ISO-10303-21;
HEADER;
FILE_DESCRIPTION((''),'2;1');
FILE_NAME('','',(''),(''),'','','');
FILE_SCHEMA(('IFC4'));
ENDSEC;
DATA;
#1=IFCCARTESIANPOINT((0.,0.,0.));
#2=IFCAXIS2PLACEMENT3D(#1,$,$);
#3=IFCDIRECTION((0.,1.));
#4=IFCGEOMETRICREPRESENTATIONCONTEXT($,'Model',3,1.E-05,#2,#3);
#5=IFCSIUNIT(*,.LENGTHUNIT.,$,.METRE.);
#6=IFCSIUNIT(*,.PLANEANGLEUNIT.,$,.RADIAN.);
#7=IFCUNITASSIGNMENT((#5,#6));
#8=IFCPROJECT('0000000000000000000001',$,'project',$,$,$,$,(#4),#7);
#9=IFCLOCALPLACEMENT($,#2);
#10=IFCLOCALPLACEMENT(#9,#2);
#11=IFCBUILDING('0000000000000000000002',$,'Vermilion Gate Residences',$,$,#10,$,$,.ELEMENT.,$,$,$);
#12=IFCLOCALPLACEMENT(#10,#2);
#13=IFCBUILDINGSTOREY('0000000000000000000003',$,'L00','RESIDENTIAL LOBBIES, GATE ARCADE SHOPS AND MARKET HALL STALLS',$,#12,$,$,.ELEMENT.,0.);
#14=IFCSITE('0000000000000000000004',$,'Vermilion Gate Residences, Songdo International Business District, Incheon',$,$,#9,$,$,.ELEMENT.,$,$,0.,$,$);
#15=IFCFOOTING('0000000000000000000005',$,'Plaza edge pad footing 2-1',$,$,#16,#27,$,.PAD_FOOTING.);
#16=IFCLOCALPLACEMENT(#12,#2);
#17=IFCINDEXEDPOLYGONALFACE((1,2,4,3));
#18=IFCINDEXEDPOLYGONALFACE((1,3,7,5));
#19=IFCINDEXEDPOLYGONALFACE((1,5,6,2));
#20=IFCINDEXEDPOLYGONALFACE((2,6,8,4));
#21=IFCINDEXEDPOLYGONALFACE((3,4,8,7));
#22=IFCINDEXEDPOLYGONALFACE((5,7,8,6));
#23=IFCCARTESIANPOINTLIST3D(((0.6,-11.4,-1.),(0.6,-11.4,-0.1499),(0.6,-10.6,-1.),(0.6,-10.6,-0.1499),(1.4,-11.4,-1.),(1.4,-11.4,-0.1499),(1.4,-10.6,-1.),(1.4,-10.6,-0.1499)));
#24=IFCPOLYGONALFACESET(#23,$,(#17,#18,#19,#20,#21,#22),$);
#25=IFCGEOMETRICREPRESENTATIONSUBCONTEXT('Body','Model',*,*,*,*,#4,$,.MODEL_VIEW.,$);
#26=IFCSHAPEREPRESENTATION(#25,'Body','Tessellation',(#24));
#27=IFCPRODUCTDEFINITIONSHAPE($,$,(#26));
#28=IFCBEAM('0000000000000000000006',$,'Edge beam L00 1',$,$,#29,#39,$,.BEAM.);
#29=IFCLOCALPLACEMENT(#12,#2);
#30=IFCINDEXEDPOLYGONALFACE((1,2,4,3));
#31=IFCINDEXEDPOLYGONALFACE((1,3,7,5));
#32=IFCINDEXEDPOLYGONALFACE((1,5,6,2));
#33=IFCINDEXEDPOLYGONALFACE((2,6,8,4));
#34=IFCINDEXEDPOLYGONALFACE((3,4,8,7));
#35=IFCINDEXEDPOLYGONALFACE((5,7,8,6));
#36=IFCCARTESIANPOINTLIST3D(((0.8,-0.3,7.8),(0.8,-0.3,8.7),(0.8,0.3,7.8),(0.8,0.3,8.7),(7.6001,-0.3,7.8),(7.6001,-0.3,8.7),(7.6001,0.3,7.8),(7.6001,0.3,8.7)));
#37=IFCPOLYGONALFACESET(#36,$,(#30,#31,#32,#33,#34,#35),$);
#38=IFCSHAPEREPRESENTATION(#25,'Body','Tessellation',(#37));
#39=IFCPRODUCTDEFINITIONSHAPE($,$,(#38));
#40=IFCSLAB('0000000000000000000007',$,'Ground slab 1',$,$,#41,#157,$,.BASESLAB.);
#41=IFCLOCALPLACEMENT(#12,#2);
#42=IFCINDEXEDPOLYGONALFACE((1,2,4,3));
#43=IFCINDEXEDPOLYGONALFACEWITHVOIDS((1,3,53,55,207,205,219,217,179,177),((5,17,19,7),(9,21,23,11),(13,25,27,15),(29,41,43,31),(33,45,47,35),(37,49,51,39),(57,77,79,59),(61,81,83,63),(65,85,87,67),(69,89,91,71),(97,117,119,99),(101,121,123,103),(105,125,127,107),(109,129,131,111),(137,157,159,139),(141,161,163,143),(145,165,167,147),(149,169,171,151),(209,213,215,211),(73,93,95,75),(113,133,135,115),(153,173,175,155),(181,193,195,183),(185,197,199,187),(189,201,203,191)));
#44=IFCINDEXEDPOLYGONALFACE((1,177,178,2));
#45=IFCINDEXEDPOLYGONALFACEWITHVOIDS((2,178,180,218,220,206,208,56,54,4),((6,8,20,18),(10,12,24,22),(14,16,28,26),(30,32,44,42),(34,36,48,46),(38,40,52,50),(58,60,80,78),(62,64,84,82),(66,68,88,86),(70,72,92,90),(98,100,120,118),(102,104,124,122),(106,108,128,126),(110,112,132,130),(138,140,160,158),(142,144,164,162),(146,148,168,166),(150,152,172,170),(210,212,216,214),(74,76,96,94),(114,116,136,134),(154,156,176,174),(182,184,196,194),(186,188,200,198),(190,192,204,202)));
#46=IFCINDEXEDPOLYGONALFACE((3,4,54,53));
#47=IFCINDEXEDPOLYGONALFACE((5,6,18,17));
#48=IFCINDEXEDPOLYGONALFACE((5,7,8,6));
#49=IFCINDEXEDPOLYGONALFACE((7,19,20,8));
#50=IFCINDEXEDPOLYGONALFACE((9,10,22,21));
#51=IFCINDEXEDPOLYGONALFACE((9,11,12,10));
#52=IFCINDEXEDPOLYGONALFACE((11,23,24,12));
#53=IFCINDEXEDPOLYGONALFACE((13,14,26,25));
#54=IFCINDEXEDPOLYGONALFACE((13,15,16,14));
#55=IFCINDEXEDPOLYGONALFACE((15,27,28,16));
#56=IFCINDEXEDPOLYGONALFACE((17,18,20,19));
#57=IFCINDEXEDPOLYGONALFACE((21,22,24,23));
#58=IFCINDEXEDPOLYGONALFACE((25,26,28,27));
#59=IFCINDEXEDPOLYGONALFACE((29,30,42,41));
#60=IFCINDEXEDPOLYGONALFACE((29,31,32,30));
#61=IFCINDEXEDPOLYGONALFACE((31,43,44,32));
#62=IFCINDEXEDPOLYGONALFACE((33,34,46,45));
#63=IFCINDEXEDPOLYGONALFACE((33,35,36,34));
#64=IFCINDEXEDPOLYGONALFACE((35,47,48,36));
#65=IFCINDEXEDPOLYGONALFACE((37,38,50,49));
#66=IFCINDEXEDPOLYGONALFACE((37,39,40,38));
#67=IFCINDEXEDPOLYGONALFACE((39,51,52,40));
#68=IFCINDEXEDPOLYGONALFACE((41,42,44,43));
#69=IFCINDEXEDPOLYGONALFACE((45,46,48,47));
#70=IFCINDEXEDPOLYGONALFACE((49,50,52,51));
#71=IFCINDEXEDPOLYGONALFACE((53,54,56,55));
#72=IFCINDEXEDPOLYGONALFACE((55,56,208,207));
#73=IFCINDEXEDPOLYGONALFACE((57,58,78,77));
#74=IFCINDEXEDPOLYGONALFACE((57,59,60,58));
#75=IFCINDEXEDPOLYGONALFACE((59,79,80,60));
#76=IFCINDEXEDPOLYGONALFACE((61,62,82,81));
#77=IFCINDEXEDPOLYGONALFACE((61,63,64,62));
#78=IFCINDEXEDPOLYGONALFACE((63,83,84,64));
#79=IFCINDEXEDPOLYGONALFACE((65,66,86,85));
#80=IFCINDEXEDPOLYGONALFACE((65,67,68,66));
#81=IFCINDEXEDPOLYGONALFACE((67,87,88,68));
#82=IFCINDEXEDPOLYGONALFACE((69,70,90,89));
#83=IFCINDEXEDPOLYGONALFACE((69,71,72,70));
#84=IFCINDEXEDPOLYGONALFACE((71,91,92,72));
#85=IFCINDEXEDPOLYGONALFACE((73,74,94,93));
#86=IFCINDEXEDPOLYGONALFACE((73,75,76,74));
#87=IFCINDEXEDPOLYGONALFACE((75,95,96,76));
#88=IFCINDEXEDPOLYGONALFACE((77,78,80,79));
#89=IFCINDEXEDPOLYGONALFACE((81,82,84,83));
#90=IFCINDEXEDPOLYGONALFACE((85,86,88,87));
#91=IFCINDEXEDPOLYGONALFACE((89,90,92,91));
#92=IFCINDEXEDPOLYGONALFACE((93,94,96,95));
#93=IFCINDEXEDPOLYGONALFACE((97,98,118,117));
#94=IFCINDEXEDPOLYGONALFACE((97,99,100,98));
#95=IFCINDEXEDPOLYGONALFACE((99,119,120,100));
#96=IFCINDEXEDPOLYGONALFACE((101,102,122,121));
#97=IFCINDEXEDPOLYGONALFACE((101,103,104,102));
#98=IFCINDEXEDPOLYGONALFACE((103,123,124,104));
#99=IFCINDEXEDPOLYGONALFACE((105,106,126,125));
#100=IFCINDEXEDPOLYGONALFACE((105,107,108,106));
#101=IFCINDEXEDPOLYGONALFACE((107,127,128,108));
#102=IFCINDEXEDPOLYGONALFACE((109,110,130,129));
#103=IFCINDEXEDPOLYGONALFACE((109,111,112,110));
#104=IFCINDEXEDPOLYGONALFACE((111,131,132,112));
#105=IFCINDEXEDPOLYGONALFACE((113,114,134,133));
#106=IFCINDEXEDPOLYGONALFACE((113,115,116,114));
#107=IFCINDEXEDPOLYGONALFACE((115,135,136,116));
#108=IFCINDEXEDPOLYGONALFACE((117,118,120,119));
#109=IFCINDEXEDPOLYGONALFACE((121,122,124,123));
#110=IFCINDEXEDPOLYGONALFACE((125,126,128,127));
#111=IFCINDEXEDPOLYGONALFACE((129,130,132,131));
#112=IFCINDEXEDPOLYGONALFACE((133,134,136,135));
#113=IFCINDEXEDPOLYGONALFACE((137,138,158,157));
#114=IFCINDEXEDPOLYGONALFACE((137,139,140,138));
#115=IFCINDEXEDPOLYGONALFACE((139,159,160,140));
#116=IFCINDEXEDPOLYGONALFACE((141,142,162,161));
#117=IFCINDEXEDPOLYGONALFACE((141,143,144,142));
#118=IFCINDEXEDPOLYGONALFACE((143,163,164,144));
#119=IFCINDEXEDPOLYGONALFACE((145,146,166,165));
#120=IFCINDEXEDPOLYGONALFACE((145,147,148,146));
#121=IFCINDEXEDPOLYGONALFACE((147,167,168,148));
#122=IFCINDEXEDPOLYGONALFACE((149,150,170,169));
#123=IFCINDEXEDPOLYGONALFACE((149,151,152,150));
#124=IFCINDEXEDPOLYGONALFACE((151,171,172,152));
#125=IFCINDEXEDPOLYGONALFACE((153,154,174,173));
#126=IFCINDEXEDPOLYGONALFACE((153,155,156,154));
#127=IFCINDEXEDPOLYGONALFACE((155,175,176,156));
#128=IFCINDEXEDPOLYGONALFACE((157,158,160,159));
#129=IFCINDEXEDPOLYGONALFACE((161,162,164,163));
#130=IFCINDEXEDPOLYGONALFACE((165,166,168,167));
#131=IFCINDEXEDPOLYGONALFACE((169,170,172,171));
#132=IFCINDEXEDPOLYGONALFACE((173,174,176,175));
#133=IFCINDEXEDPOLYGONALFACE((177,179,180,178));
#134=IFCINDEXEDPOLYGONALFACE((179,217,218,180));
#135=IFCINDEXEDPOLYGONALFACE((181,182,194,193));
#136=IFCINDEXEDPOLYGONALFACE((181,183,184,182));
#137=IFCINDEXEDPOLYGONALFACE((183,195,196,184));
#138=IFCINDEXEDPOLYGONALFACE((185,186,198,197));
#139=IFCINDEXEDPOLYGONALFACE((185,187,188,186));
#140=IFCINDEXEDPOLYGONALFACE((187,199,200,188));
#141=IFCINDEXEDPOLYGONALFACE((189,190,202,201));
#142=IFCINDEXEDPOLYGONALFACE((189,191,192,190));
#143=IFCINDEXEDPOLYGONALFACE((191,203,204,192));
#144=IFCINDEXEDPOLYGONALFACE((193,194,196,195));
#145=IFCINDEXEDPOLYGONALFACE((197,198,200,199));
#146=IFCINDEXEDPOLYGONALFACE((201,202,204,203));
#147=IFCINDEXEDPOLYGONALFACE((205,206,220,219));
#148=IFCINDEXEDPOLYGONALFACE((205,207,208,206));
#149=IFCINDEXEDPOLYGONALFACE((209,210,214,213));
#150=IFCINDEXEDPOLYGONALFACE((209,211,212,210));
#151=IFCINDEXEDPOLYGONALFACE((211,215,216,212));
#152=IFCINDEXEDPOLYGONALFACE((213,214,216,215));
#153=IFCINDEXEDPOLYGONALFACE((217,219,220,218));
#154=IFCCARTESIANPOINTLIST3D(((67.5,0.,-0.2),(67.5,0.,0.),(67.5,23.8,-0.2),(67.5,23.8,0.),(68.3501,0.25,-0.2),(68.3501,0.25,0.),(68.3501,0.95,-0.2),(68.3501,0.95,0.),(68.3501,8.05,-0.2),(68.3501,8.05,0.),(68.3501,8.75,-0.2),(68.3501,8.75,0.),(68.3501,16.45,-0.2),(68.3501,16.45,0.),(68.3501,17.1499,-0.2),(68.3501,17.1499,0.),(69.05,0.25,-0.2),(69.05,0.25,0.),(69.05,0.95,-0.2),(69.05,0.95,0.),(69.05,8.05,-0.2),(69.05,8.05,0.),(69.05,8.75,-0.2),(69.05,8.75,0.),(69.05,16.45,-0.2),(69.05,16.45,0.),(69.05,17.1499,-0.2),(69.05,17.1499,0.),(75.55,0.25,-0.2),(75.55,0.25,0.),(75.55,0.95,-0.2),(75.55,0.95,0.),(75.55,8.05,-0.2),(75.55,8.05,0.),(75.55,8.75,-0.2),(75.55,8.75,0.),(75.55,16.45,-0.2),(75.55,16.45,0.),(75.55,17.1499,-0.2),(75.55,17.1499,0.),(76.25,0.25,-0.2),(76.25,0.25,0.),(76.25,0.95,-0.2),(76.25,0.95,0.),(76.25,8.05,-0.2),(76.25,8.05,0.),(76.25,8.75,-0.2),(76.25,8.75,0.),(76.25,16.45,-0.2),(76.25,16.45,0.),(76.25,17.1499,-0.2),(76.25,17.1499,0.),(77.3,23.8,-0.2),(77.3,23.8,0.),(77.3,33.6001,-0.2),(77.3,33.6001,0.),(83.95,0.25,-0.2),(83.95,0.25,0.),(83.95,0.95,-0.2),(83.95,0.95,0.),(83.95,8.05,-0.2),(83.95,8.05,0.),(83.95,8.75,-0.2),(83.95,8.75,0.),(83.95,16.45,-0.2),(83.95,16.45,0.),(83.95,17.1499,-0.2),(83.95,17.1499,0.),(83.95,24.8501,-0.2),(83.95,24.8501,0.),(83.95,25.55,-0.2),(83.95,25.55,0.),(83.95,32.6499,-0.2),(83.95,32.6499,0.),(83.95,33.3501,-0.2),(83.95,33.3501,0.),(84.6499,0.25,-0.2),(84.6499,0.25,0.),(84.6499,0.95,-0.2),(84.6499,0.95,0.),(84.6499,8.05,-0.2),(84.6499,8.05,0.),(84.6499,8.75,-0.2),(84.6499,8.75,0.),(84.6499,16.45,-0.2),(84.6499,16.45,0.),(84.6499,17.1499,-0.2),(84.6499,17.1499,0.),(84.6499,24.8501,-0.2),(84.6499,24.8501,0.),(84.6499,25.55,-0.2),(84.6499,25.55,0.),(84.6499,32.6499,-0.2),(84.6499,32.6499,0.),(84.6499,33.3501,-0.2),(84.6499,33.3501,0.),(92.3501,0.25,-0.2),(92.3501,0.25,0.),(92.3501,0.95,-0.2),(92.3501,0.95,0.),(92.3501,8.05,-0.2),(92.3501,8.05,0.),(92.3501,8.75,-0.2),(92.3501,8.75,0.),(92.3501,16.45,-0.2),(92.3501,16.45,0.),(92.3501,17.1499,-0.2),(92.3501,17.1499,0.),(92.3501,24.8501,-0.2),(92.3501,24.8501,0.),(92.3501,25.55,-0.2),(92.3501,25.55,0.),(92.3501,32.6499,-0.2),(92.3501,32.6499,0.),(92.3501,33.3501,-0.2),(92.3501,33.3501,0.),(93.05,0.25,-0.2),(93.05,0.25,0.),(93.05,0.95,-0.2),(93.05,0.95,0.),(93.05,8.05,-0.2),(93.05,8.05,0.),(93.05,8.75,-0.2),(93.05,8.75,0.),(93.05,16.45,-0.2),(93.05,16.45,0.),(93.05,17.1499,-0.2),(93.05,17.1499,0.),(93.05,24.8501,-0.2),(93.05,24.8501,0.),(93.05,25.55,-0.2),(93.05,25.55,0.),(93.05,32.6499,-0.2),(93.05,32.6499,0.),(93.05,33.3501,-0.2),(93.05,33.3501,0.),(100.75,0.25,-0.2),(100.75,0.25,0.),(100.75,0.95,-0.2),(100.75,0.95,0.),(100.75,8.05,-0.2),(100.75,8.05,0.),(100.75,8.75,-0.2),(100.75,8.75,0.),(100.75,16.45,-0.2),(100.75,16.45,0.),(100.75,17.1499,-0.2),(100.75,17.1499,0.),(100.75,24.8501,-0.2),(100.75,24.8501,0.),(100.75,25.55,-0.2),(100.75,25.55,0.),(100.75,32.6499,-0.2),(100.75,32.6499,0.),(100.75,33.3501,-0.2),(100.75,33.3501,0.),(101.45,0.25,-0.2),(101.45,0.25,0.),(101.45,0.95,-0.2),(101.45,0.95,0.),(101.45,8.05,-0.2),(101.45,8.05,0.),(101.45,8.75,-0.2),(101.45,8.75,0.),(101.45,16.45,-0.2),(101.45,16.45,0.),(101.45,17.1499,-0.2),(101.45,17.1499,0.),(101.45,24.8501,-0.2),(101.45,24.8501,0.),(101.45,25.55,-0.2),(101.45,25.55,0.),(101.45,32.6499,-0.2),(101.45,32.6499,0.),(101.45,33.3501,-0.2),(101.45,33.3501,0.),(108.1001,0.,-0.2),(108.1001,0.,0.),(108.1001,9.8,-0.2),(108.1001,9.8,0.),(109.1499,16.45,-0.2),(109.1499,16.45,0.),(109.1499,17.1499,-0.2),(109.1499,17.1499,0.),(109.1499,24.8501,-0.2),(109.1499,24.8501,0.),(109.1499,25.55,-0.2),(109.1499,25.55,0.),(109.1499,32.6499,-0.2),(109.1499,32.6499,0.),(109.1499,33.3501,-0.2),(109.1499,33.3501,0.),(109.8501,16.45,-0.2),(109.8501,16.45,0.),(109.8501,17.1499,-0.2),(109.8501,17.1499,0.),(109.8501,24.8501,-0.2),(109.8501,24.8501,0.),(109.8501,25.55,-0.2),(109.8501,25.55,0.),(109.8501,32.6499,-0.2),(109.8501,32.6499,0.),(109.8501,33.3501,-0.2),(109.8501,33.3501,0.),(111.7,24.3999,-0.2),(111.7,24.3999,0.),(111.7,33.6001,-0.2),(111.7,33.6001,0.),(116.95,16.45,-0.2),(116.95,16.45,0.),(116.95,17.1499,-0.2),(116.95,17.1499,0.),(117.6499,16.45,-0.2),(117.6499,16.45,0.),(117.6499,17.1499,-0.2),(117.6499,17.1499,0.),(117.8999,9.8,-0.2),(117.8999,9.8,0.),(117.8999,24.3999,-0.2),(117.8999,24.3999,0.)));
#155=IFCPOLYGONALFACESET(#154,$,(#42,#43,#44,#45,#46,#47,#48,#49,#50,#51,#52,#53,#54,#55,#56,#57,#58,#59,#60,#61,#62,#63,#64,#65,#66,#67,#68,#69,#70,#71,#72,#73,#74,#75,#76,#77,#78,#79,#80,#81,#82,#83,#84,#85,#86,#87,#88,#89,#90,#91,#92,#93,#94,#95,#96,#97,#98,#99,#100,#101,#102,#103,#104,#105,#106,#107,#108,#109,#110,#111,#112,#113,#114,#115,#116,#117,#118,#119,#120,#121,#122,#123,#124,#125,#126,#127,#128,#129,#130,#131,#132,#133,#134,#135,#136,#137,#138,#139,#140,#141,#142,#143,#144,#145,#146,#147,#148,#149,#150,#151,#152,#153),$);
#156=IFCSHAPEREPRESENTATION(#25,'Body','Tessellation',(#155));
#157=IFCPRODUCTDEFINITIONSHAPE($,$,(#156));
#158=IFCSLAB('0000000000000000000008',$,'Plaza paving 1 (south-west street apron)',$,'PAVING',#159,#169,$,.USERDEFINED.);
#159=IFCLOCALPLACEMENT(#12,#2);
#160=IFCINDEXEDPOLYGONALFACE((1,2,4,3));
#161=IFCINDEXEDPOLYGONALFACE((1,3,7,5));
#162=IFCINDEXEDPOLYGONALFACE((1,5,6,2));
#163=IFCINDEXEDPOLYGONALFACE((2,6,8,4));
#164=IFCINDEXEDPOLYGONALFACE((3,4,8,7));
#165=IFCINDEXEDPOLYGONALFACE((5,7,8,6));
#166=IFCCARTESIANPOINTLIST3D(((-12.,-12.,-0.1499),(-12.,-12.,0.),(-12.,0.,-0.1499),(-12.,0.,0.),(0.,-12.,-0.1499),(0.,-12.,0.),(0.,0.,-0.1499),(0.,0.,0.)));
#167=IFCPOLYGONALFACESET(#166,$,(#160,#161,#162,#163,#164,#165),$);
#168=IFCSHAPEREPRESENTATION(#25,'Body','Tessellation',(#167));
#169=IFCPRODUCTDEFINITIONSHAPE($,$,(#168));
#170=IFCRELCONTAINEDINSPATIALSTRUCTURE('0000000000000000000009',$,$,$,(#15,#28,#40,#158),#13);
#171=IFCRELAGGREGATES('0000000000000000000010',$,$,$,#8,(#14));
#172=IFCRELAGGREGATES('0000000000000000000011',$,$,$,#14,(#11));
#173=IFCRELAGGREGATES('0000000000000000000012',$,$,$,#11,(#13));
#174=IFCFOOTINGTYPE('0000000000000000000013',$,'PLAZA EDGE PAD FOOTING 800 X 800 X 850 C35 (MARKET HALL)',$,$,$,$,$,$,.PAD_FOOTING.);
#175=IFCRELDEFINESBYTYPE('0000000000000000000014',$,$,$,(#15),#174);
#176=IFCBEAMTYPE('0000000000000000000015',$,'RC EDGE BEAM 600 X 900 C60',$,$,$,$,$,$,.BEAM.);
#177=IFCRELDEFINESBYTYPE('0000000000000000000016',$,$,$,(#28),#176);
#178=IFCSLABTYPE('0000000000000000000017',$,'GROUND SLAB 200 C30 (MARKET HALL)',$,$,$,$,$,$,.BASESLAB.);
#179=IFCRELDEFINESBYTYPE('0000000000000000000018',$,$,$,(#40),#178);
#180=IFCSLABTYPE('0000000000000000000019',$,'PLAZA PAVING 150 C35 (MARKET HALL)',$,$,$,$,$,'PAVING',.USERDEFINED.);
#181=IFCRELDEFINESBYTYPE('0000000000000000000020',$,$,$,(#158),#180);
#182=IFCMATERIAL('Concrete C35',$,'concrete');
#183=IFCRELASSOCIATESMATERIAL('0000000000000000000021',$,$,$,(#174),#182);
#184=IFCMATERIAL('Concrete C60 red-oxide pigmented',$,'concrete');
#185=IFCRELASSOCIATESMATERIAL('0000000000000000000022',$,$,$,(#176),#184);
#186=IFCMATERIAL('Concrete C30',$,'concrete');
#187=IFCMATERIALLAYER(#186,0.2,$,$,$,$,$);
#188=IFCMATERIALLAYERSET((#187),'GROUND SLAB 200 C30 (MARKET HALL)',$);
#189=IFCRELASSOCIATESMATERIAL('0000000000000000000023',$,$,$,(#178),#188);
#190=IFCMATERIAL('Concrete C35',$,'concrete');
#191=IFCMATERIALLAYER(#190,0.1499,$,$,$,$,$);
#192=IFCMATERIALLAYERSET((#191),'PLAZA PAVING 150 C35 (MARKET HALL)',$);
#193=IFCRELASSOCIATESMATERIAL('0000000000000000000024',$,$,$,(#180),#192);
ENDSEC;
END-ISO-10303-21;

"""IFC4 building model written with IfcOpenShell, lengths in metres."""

from ifc_helpers import new_model, si_unit, direction, frame, origin, origin_2d, place, context, subcontext, project, spatial, polyline, rectangle, outline, extrude, material, layer, layer_set, material_profile, profile_set, type_object, element, save


model = new_model("IFC4")

# Units and contexts
model_context = context("Model", 3, precision=1e-05, world=origin(), true_north=direction((0.0, 1.0)))
body_context = subcontext(model_context, "Body", "Model", "MODEL_VIEW")
ifc_project = project(units=[si_unit("LENGTHUNIT", "METRE"), si_unit("PLANEANGLEUNIT", "RADIAN")], contexts=[model_context])

# Site, building, storey
site_placement = place(None, origin())
site = spatial("IfcSite", under=ifc_project, at=site_placement, Name="Vermilion Gate Residences, Songdo International Business District, Incheon", CompositionType="ELEMENT", RefElevation=0.0)
building_placement = place(site_placement, origin())
building = spatial("IfcBuilding", under=site, at=building_placement, Name="Vermilion Gate Residences", CompositionType="ELEMENT")
storey_placement = place(building_placement, origin())
storey = spatial("IfcBuildingStorey", under=building, at=storey_placement, Name="L00", Description="RESIDENTIAL LOBBIES, GATE ARCADE SHOPS AND MARKET HALL STALLS", CompositionType="ELEMENT", Elevation=0.0)

# Footing
ifc_material_1 = material(Name="Concrete C35", Category="concrete")
footing_type = type_object("IfcFootingType", Name="PLAZA EDGE PAD FOOTING 800 X 800 X 850 C35 (MARKET HALL)", PredefinedType="PAD_FOOTING", material=ifc_material_1)
footing_placement = place(storey_placement, frame((1.0, -11.0, -1.0), z_axis=(0.0, 0.0, 1.0), x_axis=(1.0, 0.0, 0.0)))
element("IfcFooting", 1, at=footing_placement, inside=storey, type_object=footing_type, Name="Plaza edge pad footing 2-1", PredefinedType="PAD_FOOTING", context=body_context, shape_type="SweptSolid", body=[
    extrude(rectangle(XDim=0.8, YDim=0.8, at=origin_2d()), origin(), (0.0, 0.0, 1.0), 0.8501),
])

# Beam
ifc_material_2 = material(Name="Concrete C60 red-oxide pigmented", Category="concrete")
ifc_material_profile_1 = material_profile(ifc_material_2, rectangle(XDim=0.6001, YDim=0.8999, at=origin_2d()), Name="RC-600x900")
ifc_profile_set_1 = profile_set([ifc_material_profile_1], Name="Concrete C60 red-oxide pigmented")
beam_type = type_object("IfcBeamType", Name="RC EDGE BEAM 600 X 900 C60", PredefinedType="BEAM", material=ifc_profile_set_1)
beam_placement = place(storey_placement, frame((0.8, 0.0, 8.25), z_axis=(1.0, 0.0, 0.0), x_axis=(0.0, 1.0, 0.0)))
element("IfcBeam", 2, at=beam_placement, inside=storey, type_object=beam_type, Name="Edge beam L00 1", PredefinedType="BEAM", context=body_context, shape_type="SweptSolid", body=[
    extrude(rectangle(XDim=0.6001, YDim=0.8999, at=origin_2d()), origin(), (0.0, 0.0, 1.0), 6.8),
])

# Slabs
ifc_material_3 = material(Name="Concrete C30", Category="concrete")
ifc_layer_1 = layer(ifc_material_3, 0.2)
ifc_layer_set_1 = layer_set([ifc_layer_1], Name="GROUND SLAB 200 C30 (MARKET HALL)")
slab_type_1 = type_object("IfcSlabType", Name="GROUND SLAB 200 C30 (MARKET HALL)", PredefinedType="BASESLAB", material=ifc_layer_set_1)
slab_1_placement = place(storey_placement, frame((0.0, 0.0, -0.2)))
element("IfcSlab", 3, at=slab_1_placement, inside=storey, type_object=slab_type_1, Name="Ground slab 1", PredefinedType="BASESLAB", context=body_context, shape_type="SweptSolid", body=[
    extrude(outline(polyline([(117.8999, 9.8), (117.8999, 24.3999), (111.7, 24.3999), (111.7, 33.6001), (77.3, 33.6001), (77.3, 23.8), (67.5, 23.8), (67.5, 0.0), (108.1001, 0.0), (108.1001, 9.8), (117.8999, 9.8)]), holes=[polyline([(69.05, 0.95), (69.05, 0.25), (68.3501, 0.25), (68.3501, 0.95), (69.05, 0.95)]), polyline([(76.25, 0.25), (75.55, 0.25), (75.55, 0.95), (76.25, 0.95), (76.25, 0.25)]), polyline([(84.6499, 0.25), (83.95, 0.25), (83.95, 0.95), (84.6499, 0.95), (84.6499, 0.25)]), polyline([(93.05, 0.25), (92.3501, 0.25), (92.3501, 0.95), (93.05, 0.95), (93.05, 0.25)]), polyline([(69.05, 8.05), (68.3501, 8.05), (68.3501, 8.75), (69.05, 8.75), (69.05, 8.05)]), polyline([(76.25, 8.05), (75.55, 8.05), (75.55, 8.75), (76.25, 8.75), (76.25, 8.05)]), polyline([(84.6499, 8.05), (83.95, 8.05), (83.95, 8.75), (84.6499, 8.75), (84.6499, 8.05)]), polyline([(93.05, 8.75), (93.05, 8.05), (92.3501, 8.05), (92.3501, 8.75), (93.05, 8.75)]), polyline([(69.05, 16.45), (68.3501, 16.45), (68.3501, 17.1499), (69.05, 17.1499), (69.05, 16.45)]), polyline([(76.25, 16.45), (75.55, 16.45), (75.55, 17.1499), (76.25, 17.1499), (76.25, 16.45)]), polyline([(84.6499, 16.45), (83.95, 16.45), (83.95, 17.1499), (84.6499, 17.1499), (84.6499, 16.45)]), polyline([(84.6499, 24.8501), (83.95, 24.8501), (83.95, 25.55), (84.6499, 25.55), (84.6499, 24.8501)]), polyline([(84.6499, 32.6499), (83.95, 32.6499), (83.95, 33.3501), (84.6499, 33.3501), (84.6499, 32.6499)]), polyline([(101.45, 0.95), (101.45, 0.25), (100.75, 0.25), (100.75, 0.95), (101.45, 0.95)]), polyline([(101.45, 8.05), (100.75, 8.05), (100.75, 8.75), (101.45, 8.75), (101.45, 8.05)]), polyline([(93.05, 16.45), (92.3501, 16.45), (92.3501, 17.1499), (93.05, 17.1499), (93.05, 16.45)]), polyline([(101.45, 16.45), (100.75, 16.45), (100.75, 17.1499), (101.45, 17.1499), (101.45, 16.45)]), polyline([(109.8501, 16.45), (109.1499, 16.45), (109.1499, 17.1499), (109.8501, 17.1499), (109.8501, 16.45)]), polyline([(117.6499, 16.45), (116.95, 16.45), (116.95, 17.1499), (117.6499, 17.1499), (117.6499, 16.45)]), polyline([(93.05, 25.55), (93.05, 24.8501), (92.3501, 24.8501), (92.3501, 25.55), (93.05, 25.55)]), polyline([(101.45, 24.8501), (100.75, 24.8501), (100.75, 25.55), (101.45, 25.55), (101.45, 24.8501)]), polyline([(109.8501, 24.8501), (109.1499, 24.8501), (109.1499, 25.55), (109.8501, 25.55), (109.8501, 24.8501)]), polyline([(93.05, 32.6499), (92.3501, 32.6499), (92.3501, 33.3501), (93.05, 33.3501), (93.05, 32.6499)]), polyline([(101.45, 32.6499), (100.75, 32.6499), (100.75, 33.3501), (101.45, 33.3501), (101.45, 32.6499)]), polyline([(109.8501, 32.6499), (109.1499, 32.6499), (109.1499, 33.3501), (109.8501, 33.3501), (109.8501, 32.6499)])]), origin(), (0.0, 0.0, 1.0), 0.2),
])
ifc_material_4 = material(Name="Concrete C35", Category="concrete")
ifc_layer_2 = layer(ifc_material_4, 0.1499)
ifc_layer_set_2 = layer_set([ifc_layer_2], Name="PLAZA PAVING 150 C35 (MARKET HALL)")
slab_type_2 = type_object("IfcSlabType", Name="PLAZA PAVING 150 C35 (MARKET HALL)", ElementType="PAVING", PredefinedType="USERDEFINED", material=ifc_layer_set_2)
slab_2_placement = place(storey_placement, frame((0.0, 0.0, -0.1499)))
element("IfcSlab", 4, at=slab_2_placement, inside=storey, type_object=slab_type_2, Name="Plaza paving 1 (south-west street apron)", ObjectType="PAVING", PredefinedType="USERDEFINED", context=body_context, shape_type="SweptSolid", body=[
    extrude(outline(polyline([(-12.0, -12.0), (0.0, -12.0), (0.0, 0.0), (-12.0, 0.0), (-12.0, -12.0)])), origin(), (0.0, 0.0, 1.0), 0.1499),
])

save(model, "model.ifc")
